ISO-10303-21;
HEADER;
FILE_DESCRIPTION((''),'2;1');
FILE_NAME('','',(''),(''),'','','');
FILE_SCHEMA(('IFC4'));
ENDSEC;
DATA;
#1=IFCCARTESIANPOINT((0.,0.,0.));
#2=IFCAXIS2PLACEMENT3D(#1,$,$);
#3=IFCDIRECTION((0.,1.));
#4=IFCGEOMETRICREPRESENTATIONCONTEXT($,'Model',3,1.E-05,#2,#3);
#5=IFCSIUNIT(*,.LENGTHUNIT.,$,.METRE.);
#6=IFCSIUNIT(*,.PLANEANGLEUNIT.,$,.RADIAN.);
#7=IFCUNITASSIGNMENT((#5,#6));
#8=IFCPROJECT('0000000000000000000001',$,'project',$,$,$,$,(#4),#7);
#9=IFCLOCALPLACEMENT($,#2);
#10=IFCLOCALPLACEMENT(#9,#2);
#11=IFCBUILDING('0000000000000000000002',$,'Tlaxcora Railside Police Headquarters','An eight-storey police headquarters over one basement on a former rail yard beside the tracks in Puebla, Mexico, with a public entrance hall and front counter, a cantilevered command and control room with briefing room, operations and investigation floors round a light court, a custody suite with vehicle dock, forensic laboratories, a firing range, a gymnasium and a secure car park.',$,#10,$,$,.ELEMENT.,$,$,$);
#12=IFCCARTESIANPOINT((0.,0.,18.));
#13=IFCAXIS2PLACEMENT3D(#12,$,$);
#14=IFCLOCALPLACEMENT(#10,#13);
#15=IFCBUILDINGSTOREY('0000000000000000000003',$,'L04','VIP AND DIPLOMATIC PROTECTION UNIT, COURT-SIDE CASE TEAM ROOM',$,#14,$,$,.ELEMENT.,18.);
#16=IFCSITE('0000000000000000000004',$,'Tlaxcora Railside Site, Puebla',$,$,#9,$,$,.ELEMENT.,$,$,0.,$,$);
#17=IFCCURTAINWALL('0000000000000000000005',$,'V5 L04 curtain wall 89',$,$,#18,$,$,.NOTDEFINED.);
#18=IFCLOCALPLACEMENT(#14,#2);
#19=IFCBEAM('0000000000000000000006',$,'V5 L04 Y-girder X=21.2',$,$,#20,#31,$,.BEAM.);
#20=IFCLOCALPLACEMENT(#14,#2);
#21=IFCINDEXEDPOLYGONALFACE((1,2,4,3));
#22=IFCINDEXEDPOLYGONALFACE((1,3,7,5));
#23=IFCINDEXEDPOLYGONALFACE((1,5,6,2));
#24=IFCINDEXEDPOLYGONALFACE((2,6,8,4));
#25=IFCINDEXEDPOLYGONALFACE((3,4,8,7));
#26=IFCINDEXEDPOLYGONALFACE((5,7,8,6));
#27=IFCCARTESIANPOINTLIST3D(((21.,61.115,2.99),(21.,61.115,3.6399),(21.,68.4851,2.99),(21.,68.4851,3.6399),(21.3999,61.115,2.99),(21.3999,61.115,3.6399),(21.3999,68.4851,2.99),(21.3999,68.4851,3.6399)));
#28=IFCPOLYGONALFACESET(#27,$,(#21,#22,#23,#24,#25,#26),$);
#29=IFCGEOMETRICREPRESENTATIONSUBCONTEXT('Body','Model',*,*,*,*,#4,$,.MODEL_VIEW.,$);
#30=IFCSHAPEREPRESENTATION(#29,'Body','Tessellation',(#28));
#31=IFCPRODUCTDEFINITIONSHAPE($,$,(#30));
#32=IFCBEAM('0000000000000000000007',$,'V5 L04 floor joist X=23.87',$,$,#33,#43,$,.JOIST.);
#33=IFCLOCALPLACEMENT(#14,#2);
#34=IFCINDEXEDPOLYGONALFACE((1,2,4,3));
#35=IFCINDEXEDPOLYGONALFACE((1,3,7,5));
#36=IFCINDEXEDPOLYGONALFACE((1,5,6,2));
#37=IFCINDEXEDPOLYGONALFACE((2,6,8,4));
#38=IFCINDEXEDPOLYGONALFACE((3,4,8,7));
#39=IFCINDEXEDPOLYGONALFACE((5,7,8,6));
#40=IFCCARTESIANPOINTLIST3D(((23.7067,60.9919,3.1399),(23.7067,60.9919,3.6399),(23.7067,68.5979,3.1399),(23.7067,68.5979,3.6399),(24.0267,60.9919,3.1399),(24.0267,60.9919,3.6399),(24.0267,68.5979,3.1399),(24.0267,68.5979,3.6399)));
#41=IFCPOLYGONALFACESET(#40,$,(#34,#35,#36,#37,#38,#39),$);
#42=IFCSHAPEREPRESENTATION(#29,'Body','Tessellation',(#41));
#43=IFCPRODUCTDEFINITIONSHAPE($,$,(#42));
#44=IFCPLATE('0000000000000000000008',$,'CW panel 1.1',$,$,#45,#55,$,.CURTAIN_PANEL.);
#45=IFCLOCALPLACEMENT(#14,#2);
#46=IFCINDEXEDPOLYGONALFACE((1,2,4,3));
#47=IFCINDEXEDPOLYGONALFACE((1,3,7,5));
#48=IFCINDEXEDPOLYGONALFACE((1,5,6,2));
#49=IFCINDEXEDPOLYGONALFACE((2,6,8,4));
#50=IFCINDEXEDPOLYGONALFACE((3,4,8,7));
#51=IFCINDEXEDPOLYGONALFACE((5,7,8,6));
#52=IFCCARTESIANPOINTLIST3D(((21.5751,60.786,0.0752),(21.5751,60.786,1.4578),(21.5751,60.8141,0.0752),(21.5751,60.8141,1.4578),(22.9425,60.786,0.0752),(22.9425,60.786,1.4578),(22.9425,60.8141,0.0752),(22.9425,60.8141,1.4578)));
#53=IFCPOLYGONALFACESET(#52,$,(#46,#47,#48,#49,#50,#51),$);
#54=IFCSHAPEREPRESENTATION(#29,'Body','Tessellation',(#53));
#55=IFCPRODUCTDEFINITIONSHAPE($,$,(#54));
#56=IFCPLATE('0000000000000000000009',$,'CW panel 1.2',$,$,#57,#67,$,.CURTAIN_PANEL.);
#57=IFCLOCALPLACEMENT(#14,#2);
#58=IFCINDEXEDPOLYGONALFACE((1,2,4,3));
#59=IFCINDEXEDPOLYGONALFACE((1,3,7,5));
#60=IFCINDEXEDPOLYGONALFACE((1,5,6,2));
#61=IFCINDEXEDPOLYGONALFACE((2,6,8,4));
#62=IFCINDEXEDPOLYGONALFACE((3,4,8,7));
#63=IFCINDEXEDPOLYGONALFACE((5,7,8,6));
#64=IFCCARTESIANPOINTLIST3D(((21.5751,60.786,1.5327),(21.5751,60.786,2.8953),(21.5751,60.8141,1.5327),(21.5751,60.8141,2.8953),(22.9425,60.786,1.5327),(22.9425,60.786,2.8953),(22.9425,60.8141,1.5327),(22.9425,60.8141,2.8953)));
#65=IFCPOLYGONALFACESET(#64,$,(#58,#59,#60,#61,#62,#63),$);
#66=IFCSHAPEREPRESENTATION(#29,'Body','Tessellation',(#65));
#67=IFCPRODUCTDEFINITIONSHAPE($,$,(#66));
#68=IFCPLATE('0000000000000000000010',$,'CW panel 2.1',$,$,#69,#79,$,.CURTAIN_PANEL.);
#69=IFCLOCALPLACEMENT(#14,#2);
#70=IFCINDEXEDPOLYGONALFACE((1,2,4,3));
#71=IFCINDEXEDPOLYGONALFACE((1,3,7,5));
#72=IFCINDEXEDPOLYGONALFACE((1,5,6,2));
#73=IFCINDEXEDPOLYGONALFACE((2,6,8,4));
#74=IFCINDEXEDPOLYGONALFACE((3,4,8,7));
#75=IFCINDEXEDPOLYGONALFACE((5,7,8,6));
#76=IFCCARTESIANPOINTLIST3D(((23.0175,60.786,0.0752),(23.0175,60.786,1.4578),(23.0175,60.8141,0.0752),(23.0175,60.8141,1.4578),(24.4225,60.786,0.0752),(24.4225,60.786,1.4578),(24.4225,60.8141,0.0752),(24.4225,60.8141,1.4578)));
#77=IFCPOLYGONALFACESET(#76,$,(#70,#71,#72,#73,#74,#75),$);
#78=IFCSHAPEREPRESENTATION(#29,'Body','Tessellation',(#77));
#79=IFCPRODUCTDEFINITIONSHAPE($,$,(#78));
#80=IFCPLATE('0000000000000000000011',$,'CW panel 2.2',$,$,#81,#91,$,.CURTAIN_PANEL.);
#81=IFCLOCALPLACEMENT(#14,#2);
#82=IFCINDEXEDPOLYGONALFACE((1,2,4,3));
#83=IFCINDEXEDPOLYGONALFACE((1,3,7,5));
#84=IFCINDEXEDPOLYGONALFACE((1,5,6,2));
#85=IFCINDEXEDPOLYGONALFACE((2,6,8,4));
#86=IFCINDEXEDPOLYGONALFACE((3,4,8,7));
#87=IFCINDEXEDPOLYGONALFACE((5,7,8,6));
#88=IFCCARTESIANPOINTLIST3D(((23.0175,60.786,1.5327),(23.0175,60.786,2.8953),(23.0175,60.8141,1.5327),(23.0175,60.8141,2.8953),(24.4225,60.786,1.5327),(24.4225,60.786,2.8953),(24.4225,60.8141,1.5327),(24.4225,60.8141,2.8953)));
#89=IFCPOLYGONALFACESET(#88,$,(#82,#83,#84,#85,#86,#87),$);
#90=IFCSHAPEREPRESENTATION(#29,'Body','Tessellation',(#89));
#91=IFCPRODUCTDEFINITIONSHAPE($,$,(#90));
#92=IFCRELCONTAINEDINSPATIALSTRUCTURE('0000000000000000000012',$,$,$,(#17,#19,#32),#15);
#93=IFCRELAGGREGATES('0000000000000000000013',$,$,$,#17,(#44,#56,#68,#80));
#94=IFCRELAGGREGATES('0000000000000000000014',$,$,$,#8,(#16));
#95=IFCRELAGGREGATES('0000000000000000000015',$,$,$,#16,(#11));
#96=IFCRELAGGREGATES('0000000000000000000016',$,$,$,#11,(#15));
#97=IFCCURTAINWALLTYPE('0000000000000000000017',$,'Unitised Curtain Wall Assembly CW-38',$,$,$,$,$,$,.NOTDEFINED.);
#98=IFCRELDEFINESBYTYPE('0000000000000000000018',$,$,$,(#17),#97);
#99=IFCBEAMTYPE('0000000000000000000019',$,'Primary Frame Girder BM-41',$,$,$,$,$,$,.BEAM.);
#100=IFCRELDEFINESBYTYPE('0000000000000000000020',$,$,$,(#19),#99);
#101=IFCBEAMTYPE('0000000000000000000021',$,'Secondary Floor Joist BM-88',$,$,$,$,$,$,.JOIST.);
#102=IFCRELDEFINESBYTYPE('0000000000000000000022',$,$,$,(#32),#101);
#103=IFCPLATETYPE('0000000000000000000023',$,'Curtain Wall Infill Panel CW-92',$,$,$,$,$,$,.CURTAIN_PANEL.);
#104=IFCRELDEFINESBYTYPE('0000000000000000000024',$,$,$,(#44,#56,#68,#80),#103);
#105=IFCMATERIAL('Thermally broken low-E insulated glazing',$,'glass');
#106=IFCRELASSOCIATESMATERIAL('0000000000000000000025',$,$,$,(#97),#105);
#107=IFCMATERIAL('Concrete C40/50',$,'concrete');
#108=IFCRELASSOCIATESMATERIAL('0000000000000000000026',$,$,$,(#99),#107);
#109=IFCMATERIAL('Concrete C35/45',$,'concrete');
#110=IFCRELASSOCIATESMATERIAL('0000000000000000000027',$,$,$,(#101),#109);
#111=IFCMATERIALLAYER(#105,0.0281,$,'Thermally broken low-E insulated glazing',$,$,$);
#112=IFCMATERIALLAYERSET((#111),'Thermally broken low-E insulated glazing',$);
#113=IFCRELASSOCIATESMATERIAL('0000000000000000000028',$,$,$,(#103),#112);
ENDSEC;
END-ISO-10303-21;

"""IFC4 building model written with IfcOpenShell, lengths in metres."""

from ifc_helpers import new_model, si_unit, direction, frame, origin, origin_2d, place, context, subcontext, project, spatial, rectangle, extrude, material, layer, layer_set, material_profile, profile_set, type_object, element, aggregate, save


model = new_model("IFC4")

# Units and contexts
model_context = context("Model", 3, precision=1e-05, world=origin(), true_north=direction((0.0, 1.0)))
body_context = subcontext(model_context, "Body", "Model", "MODEL_VIEW")
ifc_project = project(units=[si_unit("LENGTHUNIT", "METRE"), si_unit("PLANEANGLEUNIT", "RADIAN")], contexts=[model_context])

# Site, building, storey
site_placement = place(None, origin())
site = spatial("IfcSite", under=ifc_project, at=site_placement, Name="Tlaxcora Railside Site, Puebla", CompositionType="ELEMENT", RefElevation=0.0)
building_placement = place(site_placement, origin())
building = spatial("IfcBuilding", under=site, at=building_placement, Name="Tlaxcora Railside Police Headquarters", Description="An eight-storey police headquarters over one basement on a former rail yard beside the tracks in Puebla, Mexico, with a public entrance hall and front counter, a cantilevered command and control room with briefing room, operations and investigation floors round a light court, a custody suite with vehicle dock, forensic laboratories, a firing range, a gymnasium and a secure car park.", CompositionType="ELEMENT")
storey_placement = place(building_placement, frame((0.0, 0.0, 18.0)))
storey = spatial("IfcBuildingStorey", under=building, at=storey_placement, Name="L04", Description="VIP AND DIPLOMATIC PROTECTION UNIT, COURT-SIDE CASE TEAM ROOM", CompositionType="ELEMENT", Elevation=18.0)

# Shared definitions
ifc_material_1 = material(Name="Concrete C40/50", Category="concrete")

# Shared definitions
ifc_material_2 = material(Name="Thermally broken low-E insulated glazing", Category="glass")

# Curtain wall
curtain_wall_type_1 = type_object("IfcCurtainWallType", Name="Unitised Curtain Wall Assembly CW-38", PredefinedType="NOTDEFINED", material=ifc_material_2)
curtain_wall_1_placement = place(storey_placement, origin())
curtain_wall_1 = element("IfcCurtainWall", 1, at=curtain_wall_1_placement, inside=storey, type_object=curtain_wall_type_1, Name="V5 L04 curtain wall 89", PredefinedType="NOTDEFINED")

# Beams
ifc_material_profile_1 = material_profile(ifc_material_1, rectangle(XDim=0.3999, YDim=0.6499, at=origin_2d()), Name="RC400X650")
ifc_profile_set_1 = profile_set([ifc_material_profile_1], Name="Concrete C40/50")
beam_type_1 = type_object("IfcBeamType", Name="Primary Frame Girder BM-41", PredefinedType="BEAM", material=ifc_profile_set_1)
beam_1_placement = place(storey_placement, frame((21.2, 61.115, 3.3149), z_axis=(0.0, 1.0, 0.0), x_axis=(-1.0, 0.0, 0.0)))
element("IfcBeam", 2, at=beam_1_placement, inside=storey, type_object=beam_type_1, Name="V5 L04 Y-girder X=21.2", PredefinedType="BEAM", context=body_context, shape_type="SweptSolid", body=[
    extrude(rectangle(XDim=0.3999, YDim=0.6499, at=origin_2d()), origin(), (0.0, 0.0, 1.0), 7.3701),
])
ifc_material_3 = material(Name="Concrete C35/45", Category="concrete")
ifc_material_profile_2 = material_profile(ifc_material_3, rectangle(XDim=0.3201, YDim=0.5, at=origin_2d()), Name="RC320X500")
ifc_profile_set_2 = profile_set([ifc_material_profile_2], Name="Concrete C35/45")
beam_type_2 = type_object("IfcBeamType", Name="Secondary Floor Joist BM-88", PredefinedType="JOIST", material=ifc_profile_set_2)
beam_2_placement = place(storey_placement, frame((23.8667, 60.9919, 3.3899), z_axis=(0.0, 1.0, 0.0), x_axis=(-1.0, 0.0, 0.0)))
element("IfcBeam", 3, at=beam_2_placement, inside=storey, type_object=beam_type_2, Name="V5 L04 floor joist X=23.87", PredefinedType="JOIST", context=body_context, shape_type="SweptSolid", body=[
    extrude(rectangle(XDim=0.3201, YDim=0.5, at=origin_2d()), origin(), (0.0, 0.0, 1.0), 7.606),
])

# Plates
ifc_layer = layer(ifc_material_2, 0.0281, Name="Thermally broken low-E insulated glazing")
ifc_layer_set = layer_set([ifc_layer], Name="Thermally broken low-E insulated glazing")
plate_type = type_object("IfcPlateType", Name="Curtain Wall Infill Panel CW-92", PredefinedType="CURTAIN_PANEL", material=ifc_layer_set)
plate_1_placement = place(storey_placement, frame((22.2588, 60.8, 0.0752), z_axis=(0.0, 0.0, 1.0), x_axis=(1.0, 0.0, 0.0)))
plate_1 = element("IfcPlate", 4, at=plate_1_placement, type_object=plate_type, Name="CW panel 1.1", PredefinedType="CURTAIN_PANEL", context=body_context, shape_type="SweptSolid", body=[
    extrude(rectangle(XDim=1.3674, YDim=0.0281, at=origin_2d()), origin(), (0.0, 0.0, 1.0), 1.3826),
])
plate_2_placement = place(storey_placement, frame((22.2588, 60.8, 1.5327), z_axis=(0.0, 0.0, 1.0), x_axis=(1.0, 0.0, 0.0)))
plate_2 = element("IfcPlate", 5, at=plate_2_placement, type_object=plate_type, Name="CW panel 1.2", PredefinedType="CURTAIN_PANEL", context=body_context, shape_type="SweptSolid", body=[
    extrude(rectangle(XDim=1.3674, YDim=0.0281, at=origin_2d()), origin(), (0.0, 0.0, 1.0), 1.3625),
])
plate_3_placement = place(storey_placement, frame((23.72, 60.8, 0.0752), z_axis=(0.0, 0.0, 1.0), x_axis=(1.0, 0.0, 0.0)))
plate_3 = element("IfcPlate", 6, at=plate_3_placement, type_object=plate_type, Name="CW panel 2.1", PredefinedType="CURTAIN_PANEL", context=body_context, shape_type="SweptSolid", body=[
    extrude(rectangle(XDim=1.405, YDim=0.0281, at=origin_2d()), origin(), (0.0, 0.0, 1.0), 1.3826),
])
plate_4_placement = place(storey_placement, frame((23.72, 60.8, 1.5327), z_axis=(0.0, 0.0, 1.0), x_axis=(1.0, 0.0, 0.0)))
plate_4 = element("IfcPlate", 7, at=plate_4_placement, type_object=plate_type, Name="CW panel 2.2", PredefinedType="CURTAIN_PANEL", context=body_context, shape_type="SweptSolid", body=[
    extrude(rectangle(XDim=1.405, YDim=0.0281, at=origin_2d()), origin(), (0.0, 0.0, 1.0), 1.3625),
])
aggregate(curtain_wall_1, [plate_1, plate_2, plate_3, plate_4])

save(model, "model.ifc")
